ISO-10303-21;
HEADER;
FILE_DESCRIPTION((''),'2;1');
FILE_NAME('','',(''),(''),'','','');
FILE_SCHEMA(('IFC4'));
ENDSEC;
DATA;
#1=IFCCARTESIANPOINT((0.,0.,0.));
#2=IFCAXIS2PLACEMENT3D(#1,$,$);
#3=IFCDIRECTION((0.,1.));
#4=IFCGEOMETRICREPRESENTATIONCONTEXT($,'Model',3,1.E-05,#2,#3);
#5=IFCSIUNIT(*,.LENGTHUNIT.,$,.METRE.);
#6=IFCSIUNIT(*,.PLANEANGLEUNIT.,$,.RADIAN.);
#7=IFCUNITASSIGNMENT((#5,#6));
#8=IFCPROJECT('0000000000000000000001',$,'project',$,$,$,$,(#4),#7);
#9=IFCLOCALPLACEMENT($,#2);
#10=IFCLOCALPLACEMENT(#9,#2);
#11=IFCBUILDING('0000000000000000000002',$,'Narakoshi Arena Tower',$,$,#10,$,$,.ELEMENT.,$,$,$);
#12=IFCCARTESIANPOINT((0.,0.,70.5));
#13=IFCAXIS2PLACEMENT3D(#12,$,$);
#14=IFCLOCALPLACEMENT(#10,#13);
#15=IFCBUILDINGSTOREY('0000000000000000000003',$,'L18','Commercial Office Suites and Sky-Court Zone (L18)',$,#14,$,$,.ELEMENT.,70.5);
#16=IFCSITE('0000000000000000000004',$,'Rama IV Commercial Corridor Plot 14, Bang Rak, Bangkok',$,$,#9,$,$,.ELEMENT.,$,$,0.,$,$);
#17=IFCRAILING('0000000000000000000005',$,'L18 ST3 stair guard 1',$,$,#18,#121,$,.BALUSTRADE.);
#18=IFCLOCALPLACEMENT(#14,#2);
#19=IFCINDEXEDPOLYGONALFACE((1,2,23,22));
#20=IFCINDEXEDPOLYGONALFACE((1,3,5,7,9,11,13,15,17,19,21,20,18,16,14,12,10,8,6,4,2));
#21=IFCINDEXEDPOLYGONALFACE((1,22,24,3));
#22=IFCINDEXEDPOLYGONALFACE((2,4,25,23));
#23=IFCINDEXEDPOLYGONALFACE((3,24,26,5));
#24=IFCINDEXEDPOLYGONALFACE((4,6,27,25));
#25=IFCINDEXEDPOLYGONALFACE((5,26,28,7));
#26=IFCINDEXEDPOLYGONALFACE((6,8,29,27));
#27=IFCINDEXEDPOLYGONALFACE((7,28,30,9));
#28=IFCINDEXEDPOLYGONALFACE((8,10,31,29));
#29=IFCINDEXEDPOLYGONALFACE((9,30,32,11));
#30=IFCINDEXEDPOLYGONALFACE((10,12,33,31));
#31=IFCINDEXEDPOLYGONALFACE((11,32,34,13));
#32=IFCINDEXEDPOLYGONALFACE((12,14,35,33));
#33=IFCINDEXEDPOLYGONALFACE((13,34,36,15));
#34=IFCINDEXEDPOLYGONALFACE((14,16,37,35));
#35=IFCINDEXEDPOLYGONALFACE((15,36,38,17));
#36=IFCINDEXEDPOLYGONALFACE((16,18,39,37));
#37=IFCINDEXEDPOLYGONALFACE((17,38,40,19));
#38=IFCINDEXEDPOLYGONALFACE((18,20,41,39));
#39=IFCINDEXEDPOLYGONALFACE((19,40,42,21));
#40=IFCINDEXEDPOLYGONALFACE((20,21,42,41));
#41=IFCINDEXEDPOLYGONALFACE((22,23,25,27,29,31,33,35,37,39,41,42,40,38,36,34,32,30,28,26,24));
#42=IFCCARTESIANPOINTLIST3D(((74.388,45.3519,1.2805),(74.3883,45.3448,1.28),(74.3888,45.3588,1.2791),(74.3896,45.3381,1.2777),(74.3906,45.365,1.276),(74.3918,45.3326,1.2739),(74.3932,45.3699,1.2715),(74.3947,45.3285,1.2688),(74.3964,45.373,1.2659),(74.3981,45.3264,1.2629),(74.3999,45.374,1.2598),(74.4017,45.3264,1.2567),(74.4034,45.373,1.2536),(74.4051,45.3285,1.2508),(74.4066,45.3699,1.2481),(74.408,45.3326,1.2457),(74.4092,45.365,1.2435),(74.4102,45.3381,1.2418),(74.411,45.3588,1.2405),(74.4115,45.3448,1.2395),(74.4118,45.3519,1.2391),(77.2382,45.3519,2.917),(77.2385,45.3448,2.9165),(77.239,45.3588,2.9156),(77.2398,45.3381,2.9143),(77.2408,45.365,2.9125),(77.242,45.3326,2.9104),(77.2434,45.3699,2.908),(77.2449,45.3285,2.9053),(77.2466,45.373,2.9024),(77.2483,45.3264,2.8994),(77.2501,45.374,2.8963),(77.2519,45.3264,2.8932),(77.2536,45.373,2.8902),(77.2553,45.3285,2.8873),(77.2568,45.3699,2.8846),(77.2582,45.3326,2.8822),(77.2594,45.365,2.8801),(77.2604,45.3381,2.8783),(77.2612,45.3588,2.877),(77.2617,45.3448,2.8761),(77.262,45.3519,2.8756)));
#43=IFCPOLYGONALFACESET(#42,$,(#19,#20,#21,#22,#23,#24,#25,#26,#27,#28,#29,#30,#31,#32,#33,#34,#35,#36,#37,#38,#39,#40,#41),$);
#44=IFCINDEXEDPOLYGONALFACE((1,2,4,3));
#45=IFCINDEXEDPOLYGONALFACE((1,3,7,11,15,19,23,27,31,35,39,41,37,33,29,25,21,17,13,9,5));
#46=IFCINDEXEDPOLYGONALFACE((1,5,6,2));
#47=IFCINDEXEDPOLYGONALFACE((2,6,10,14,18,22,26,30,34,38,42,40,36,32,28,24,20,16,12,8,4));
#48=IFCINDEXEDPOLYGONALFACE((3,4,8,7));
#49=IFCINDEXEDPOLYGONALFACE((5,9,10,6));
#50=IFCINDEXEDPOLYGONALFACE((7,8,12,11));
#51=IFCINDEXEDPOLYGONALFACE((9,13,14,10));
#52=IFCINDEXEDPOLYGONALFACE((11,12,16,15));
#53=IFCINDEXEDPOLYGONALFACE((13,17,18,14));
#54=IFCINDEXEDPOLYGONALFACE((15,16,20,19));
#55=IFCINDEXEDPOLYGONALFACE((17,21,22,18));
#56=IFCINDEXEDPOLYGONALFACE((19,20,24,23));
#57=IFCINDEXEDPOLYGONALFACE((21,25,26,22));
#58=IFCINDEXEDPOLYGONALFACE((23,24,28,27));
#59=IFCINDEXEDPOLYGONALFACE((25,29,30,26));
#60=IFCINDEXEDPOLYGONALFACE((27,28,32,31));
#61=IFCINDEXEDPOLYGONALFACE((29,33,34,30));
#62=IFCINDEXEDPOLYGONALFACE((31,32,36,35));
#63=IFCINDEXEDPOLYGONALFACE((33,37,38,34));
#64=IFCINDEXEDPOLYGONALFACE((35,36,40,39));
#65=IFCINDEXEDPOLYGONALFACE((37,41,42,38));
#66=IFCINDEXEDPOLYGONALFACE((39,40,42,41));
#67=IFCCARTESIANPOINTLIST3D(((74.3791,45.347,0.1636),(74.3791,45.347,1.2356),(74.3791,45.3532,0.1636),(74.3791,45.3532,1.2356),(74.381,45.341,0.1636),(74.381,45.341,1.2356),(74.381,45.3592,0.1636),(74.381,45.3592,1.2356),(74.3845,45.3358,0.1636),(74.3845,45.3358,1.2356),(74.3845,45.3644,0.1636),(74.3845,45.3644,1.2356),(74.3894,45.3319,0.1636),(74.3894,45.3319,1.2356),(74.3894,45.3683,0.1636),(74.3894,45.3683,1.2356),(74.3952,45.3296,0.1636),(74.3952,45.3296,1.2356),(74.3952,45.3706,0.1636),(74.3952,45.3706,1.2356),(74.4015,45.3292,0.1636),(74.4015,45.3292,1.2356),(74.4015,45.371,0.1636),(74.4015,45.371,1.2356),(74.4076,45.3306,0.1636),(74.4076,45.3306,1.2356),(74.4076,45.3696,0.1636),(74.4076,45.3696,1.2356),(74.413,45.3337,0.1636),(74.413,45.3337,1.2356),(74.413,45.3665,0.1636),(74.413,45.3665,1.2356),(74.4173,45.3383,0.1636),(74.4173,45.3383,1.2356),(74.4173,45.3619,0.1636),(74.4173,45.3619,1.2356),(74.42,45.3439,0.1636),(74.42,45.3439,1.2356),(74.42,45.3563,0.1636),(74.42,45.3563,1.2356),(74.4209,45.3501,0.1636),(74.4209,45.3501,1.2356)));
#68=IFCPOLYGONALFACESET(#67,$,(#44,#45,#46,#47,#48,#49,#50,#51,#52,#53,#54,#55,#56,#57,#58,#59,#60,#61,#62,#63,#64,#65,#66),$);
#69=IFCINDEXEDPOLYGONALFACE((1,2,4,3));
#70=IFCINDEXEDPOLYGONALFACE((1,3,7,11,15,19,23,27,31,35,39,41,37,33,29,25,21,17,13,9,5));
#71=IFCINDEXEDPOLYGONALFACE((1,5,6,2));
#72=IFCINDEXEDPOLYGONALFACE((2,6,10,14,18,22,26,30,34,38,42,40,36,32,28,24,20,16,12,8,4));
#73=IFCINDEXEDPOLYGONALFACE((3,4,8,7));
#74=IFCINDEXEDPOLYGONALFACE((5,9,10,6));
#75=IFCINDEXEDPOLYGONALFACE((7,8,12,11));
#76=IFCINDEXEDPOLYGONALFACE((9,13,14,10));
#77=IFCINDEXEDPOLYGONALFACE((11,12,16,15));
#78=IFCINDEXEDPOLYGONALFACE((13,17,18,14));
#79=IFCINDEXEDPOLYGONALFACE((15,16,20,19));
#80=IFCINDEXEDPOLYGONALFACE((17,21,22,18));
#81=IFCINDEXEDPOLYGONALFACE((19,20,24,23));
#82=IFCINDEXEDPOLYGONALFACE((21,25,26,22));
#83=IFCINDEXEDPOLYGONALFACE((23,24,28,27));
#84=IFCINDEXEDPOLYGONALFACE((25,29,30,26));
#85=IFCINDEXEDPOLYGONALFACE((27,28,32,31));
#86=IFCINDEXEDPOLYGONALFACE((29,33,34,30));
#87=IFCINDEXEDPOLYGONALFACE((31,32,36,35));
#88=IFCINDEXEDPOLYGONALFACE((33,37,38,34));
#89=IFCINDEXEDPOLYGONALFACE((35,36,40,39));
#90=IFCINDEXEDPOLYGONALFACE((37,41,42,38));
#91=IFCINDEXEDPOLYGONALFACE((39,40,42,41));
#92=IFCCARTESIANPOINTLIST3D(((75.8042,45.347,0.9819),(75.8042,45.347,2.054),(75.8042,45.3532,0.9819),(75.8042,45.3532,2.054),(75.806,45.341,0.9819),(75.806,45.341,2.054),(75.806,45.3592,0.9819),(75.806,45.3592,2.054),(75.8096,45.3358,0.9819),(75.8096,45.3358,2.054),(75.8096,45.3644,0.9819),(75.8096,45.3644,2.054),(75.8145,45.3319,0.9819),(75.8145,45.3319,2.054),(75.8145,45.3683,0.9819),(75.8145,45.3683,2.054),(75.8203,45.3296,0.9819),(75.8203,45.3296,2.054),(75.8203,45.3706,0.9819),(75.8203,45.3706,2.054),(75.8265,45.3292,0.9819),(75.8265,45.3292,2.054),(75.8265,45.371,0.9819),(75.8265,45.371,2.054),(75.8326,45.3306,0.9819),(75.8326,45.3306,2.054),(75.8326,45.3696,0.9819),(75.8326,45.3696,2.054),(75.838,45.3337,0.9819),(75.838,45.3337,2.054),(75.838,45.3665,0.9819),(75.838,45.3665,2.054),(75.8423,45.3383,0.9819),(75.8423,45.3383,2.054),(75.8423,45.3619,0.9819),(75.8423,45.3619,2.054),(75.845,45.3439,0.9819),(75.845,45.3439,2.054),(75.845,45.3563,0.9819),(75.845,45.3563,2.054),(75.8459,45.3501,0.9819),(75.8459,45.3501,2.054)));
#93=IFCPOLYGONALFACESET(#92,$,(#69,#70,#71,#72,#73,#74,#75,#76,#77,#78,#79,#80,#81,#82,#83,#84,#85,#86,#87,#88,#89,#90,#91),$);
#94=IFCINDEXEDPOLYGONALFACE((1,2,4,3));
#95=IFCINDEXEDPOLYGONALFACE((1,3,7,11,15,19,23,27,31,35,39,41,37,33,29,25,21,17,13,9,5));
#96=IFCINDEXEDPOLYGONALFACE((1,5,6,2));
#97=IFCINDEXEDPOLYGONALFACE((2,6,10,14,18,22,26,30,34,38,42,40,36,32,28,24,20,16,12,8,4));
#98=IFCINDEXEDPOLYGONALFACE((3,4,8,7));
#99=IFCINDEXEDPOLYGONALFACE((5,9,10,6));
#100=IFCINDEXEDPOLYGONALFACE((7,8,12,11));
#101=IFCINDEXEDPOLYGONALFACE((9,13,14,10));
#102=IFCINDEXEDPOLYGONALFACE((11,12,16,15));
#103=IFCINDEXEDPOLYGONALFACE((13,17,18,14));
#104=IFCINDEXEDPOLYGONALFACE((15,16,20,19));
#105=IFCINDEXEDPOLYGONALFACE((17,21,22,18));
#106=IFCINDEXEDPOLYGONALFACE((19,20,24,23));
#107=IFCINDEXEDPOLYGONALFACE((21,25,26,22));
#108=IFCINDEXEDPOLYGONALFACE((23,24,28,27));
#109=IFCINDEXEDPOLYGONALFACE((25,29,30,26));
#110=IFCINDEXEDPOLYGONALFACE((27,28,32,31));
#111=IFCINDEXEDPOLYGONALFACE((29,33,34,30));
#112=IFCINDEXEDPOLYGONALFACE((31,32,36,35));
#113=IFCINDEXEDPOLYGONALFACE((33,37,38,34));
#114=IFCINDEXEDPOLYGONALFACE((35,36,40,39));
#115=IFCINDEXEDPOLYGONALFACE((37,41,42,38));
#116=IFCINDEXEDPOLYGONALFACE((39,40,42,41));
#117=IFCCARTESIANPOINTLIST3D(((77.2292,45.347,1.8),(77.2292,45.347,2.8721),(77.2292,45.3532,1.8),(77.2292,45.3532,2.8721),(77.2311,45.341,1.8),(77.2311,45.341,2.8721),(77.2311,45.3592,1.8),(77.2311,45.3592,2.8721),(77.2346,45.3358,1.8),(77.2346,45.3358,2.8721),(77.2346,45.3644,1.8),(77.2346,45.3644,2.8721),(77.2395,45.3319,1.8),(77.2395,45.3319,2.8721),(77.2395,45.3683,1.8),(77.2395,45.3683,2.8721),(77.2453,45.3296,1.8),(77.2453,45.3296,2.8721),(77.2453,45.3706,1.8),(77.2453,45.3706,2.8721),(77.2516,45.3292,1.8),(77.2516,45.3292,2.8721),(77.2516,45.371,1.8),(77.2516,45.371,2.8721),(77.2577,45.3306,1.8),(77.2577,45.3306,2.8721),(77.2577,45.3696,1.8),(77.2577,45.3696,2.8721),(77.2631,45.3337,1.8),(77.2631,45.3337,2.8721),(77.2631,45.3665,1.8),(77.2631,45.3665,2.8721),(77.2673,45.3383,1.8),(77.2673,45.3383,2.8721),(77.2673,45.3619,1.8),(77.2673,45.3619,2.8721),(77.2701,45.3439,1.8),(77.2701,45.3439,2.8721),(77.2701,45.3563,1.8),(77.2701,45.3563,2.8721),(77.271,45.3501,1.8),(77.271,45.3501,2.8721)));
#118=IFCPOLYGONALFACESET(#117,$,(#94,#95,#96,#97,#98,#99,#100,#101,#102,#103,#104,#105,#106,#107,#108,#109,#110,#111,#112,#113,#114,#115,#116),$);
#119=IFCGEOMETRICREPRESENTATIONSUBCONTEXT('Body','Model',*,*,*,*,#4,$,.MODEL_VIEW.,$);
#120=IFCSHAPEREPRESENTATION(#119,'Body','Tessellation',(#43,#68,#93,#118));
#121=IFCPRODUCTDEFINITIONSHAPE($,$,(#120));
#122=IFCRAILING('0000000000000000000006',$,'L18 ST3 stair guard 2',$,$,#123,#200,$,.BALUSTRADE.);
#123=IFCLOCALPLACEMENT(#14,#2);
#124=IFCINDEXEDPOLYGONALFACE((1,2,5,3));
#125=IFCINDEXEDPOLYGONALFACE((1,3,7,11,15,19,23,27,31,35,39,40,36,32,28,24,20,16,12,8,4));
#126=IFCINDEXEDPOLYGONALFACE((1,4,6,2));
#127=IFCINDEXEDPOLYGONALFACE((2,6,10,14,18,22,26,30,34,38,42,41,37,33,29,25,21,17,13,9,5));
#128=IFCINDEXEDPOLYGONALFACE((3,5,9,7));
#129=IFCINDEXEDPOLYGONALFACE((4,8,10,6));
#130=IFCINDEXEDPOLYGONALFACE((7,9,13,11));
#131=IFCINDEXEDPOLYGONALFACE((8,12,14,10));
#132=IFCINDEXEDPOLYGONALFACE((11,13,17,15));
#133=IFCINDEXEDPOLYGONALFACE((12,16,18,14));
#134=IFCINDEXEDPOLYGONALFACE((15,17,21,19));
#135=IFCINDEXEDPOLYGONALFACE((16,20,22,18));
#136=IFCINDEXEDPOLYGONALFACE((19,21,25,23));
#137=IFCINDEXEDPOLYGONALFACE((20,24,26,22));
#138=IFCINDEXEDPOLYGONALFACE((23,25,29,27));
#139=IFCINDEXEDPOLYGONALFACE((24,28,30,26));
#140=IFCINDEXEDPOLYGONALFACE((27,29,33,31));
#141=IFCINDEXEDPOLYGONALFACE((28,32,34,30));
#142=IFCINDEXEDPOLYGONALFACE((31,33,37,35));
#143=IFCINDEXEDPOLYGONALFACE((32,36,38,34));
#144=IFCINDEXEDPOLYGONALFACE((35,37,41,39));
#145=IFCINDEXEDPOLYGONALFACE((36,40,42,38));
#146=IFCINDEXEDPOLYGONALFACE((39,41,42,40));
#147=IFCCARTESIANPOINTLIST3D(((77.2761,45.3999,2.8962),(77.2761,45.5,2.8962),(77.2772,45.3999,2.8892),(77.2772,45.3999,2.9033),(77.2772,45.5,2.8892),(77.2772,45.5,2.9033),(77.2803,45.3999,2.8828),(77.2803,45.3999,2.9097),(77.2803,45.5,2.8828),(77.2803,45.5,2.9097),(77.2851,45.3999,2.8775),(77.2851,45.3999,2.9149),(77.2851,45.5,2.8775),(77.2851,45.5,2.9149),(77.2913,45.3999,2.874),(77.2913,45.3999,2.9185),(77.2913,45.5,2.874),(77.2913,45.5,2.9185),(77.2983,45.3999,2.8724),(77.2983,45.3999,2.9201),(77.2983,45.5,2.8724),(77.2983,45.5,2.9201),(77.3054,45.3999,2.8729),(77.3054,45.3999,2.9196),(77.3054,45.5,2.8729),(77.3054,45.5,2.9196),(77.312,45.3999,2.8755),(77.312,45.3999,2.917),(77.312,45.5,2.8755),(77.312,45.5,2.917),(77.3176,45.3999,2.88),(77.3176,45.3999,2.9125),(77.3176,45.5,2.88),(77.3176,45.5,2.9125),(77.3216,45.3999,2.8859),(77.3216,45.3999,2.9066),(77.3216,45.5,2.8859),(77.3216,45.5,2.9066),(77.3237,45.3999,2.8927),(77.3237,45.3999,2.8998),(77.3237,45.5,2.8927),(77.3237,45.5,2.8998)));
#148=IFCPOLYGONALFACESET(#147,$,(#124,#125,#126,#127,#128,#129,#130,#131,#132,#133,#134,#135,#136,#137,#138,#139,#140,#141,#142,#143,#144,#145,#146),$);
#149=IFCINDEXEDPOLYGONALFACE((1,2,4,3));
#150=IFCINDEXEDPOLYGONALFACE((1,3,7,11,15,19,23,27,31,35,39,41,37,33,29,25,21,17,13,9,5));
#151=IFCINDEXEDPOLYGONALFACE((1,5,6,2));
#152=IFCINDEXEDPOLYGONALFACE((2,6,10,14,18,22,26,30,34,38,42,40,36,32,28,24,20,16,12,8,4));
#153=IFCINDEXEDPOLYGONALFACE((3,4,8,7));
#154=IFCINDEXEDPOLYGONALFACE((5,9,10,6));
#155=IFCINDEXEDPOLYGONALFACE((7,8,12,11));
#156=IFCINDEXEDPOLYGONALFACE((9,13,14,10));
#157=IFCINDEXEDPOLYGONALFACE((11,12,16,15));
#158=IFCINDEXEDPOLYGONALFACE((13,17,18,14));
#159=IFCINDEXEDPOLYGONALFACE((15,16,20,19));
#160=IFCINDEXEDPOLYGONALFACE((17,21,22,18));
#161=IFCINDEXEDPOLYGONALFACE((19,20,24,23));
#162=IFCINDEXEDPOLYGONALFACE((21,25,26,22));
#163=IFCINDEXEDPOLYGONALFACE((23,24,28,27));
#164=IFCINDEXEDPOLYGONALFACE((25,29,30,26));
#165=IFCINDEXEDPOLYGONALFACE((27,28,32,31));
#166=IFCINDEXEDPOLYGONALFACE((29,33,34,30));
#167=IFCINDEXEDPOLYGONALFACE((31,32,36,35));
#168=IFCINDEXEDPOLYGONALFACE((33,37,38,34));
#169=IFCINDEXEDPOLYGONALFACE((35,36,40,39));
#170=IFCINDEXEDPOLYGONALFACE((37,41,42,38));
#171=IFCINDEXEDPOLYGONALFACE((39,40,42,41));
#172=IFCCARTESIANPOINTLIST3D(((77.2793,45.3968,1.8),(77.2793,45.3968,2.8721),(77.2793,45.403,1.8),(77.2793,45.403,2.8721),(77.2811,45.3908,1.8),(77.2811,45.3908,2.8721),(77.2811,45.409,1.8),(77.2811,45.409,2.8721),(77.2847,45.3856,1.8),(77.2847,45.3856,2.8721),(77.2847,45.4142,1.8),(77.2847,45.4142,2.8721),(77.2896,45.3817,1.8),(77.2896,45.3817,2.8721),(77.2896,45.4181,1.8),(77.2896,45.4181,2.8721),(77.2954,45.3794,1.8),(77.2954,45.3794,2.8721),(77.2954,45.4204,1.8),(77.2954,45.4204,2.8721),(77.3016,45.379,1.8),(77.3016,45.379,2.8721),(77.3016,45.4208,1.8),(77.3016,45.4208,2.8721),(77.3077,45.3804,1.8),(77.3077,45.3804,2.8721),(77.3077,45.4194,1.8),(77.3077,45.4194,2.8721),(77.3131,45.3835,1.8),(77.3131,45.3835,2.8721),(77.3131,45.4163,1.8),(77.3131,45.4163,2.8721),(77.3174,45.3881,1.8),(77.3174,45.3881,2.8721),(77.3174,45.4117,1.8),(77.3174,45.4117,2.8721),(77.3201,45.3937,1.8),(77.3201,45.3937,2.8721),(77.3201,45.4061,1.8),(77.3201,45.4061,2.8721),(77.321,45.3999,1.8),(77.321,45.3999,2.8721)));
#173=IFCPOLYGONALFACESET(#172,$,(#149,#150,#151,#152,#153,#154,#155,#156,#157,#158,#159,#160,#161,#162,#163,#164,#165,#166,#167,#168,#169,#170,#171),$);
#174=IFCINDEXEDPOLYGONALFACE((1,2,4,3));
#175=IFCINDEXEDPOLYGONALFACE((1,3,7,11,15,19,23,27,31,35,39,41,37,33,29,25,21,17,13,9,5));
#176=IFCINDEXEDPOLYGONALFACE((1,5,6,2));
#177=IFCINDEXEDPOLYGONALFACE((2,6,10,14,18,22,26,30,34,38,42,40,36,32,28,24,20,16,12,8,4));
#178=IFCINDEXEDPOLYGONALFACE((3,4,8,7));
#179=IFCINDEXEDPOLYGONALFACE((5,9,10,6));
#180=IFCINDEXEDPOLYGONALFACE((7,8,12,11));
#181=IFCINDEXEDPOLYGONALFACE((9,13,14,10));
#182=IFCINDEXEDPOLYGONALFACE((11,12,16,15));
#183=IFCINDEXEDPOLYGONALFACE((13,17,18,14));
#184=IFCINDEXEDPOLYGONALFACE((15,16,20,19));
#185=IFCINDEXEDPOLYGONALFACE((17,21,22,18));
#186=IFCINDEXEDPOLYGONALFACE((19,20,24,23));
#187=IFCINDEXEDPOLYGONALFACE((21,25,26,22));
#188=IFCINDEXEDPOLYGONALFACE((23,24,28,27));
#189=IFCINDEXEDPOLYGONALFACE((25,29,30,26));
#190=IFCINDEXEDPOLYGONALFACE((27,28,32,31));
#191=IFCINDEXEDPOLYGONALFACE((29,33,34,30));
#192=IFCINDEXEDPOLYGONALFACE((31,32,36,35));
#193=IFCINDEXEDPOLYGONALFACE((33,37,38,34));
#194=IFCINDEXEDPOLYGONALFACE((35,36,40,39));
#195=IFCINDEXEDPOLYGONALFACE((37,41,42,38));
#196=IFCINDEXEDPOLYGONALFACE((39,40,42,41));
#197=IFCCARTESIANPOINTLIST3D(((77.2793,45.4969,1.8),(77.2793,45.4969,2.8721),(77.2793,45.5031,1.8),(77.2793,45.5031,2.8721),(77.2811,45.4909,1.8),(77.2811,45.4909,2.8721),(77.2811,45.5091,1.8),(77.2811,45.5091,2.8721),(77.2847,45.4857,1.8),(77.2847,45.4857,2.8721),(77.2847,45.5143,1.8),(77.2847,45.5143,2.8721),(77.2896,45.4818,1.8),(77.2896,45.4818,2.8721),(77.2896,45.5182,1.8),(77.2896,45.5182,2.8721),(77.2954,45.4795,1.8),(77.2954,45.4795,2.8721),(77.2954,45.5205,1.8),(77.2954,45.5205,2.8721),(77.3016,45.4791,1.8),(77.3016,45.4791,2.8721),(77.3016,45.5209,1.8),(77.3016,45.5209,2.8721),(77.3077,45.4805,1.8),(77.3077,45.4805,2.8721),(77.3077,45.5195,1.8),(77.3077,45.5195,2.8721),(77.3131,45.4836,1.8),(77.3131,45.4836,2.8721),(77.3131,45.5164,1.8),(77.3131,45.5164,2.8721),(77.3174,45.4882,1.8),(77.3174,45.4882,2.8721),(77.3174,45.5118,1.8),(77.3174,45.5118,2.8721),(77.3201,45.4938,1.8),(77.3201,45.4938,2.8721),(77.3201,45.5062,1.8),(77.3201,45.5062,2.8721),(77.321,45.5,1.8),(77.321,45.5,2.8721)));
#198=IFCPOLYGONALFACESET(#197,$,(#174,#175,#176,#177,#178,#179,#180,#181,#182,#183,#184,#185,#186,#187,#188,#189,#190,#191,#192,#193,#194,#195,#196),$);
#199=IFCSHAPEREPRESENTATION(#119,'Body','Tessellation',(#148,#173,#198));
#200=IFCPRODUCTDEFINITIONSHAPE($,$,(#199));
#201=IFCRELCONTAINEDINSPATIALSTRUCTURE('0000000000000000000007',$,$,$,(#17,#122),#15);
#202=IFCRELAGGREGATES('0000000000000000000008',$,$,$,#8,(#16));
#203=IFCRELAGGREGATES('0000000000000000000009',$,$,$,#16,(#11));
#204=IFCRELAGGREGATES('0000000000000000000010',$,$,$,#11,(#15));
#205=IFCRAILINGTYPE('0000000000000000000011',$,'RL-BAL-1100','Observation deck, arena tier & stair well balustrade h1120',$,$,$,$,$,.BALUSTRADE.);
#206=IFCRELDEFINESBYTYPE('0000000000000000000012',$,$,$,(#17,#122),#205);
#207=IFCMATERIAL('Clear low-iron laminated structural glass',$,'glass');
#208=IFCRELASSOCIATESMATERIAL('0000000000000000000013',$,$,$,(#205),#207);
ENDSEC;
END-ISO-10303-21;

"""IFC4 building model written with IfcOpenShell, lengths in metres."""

from ifc_helpers import new_model, si_unit, direction, frame, origin, origin_2d, place, context, subcontext, project, spatial, circle, extrude, material, type_object, element, save


model = new_model("IFC4")

# Units and contexts
model_context = context("Model", 3, precision=1e-05, world=origin(), true_north=direction((0.0, 1.0)))
body_context = subcontext(model_context, "Body", "Model", "MODEL_VIEW")
ifc_project = project(units=[si_unit("LENGTHUNIT", "METRE"), si_unit("PLANEANGLEUNIT", "RADIAN")], contexts=[model_context])

# Site, building, storey
site_placement = place(None, origin())
site = spatial("IfcSite", under=ifc_project, at=site_placement, Name="Rama IV Commercial Corridor Plot 14, Bang Rak, Bangkok", CompositionType="ELEMENT", RefElevation=0.0)
building_placement = place(site_placement, origin())
building = spatial("IfcBuilding", under=site, at=building_placement, Name="Narakoshi Arena Tower", CompositionType="ELEMENT")
storey_placement = place(building_placement, frame((0.0, 0.0, 70.5)))
storey = spatial("IfcBuildingStorey", under=building, at=storey_placement, Name="L18", Description="Commercial Office Suites and Sky-Court Zone (L18)", CompositionType="ELEMENT", Elevation=70.5)

# Railings
ifc_material_1 = material(Name="Clear low-iron laminated structural glass", Category="glass")
railing_type_1 = type_object("IfcRailingType", Name="RL-BAL-1100", Description="Observation deck, arena tier & stair well balustrade h1120", PredefinedType="BALUSTRADE", material=ifc_material_1)
railing_1_placement = place(storey_placement, frame((74.3999, 45.3501, 0.1636)))
element("IfcRailing", 1, at=railing_1_placement, inside=storey, type_object=railing_type_1, Name="L18 ST3 stair guard 1", PredefinedType="BALUSTRADE", context=body_context, shape_type="SweptSolid", body=[
    extrude(circle(Radius=0.0239, at=origin_2d()), frame((0.0, 0.0, 1.0962), z_axis=(0.867213, 0.0, 0.497938), x_axis=(0.0, 1.0, 0.0)), (0.0, 0.0, 1.0), 3.2866),
    extrude(circle(Radius=0.021, at=origin_2d()), origin(), (0.0, 0.0, 1.0), 1.072),
    extrude(circle(Radius=0.021, at=origin_2d()), frame((1.425, 0.0, 0.8184)), (0.0, 0.0, 1.0), 1.072),
    extrude(circle(Radius=0.021, at=origin_2d()), frame((2.8501, 0.0, 1.6365)), (0.0, 0.0, 1.0), 1.072),
])
railing_2_placement = place(storey_placement, frame((77.3, 45.3999, 1.8)))
element("IfcRailing", 2, at=railing_2_placement, inside=storey, type_object=railing_type_1, Name="L18 ST3 stair guard 2", PredefinedType="BALUSTRADE", context=body_context, shape_type="SweptSolid", body=[
    extrude(circle(Radius=0.0239, at=origin_2d()), frame((0.0, 0.0, 1.0962), z_axis=(0.0, 1.0, 0.0), x_axis=(-1.0, 0.0, 0.0)), (0.0, 0.0, 1.0), 0.1001),
    extrude(circle(Radius=0.021, at=origin_2d()), origin(), (0.0, 0.0, 1.0), 1.072),
    extrude(circle(Radius=0.021, at=origin_2d()), frame((0.0, 0.1001, 0.0)), (0.0, 0.0, 1.0), 1.072),
])

save(model, "model.ifc")
